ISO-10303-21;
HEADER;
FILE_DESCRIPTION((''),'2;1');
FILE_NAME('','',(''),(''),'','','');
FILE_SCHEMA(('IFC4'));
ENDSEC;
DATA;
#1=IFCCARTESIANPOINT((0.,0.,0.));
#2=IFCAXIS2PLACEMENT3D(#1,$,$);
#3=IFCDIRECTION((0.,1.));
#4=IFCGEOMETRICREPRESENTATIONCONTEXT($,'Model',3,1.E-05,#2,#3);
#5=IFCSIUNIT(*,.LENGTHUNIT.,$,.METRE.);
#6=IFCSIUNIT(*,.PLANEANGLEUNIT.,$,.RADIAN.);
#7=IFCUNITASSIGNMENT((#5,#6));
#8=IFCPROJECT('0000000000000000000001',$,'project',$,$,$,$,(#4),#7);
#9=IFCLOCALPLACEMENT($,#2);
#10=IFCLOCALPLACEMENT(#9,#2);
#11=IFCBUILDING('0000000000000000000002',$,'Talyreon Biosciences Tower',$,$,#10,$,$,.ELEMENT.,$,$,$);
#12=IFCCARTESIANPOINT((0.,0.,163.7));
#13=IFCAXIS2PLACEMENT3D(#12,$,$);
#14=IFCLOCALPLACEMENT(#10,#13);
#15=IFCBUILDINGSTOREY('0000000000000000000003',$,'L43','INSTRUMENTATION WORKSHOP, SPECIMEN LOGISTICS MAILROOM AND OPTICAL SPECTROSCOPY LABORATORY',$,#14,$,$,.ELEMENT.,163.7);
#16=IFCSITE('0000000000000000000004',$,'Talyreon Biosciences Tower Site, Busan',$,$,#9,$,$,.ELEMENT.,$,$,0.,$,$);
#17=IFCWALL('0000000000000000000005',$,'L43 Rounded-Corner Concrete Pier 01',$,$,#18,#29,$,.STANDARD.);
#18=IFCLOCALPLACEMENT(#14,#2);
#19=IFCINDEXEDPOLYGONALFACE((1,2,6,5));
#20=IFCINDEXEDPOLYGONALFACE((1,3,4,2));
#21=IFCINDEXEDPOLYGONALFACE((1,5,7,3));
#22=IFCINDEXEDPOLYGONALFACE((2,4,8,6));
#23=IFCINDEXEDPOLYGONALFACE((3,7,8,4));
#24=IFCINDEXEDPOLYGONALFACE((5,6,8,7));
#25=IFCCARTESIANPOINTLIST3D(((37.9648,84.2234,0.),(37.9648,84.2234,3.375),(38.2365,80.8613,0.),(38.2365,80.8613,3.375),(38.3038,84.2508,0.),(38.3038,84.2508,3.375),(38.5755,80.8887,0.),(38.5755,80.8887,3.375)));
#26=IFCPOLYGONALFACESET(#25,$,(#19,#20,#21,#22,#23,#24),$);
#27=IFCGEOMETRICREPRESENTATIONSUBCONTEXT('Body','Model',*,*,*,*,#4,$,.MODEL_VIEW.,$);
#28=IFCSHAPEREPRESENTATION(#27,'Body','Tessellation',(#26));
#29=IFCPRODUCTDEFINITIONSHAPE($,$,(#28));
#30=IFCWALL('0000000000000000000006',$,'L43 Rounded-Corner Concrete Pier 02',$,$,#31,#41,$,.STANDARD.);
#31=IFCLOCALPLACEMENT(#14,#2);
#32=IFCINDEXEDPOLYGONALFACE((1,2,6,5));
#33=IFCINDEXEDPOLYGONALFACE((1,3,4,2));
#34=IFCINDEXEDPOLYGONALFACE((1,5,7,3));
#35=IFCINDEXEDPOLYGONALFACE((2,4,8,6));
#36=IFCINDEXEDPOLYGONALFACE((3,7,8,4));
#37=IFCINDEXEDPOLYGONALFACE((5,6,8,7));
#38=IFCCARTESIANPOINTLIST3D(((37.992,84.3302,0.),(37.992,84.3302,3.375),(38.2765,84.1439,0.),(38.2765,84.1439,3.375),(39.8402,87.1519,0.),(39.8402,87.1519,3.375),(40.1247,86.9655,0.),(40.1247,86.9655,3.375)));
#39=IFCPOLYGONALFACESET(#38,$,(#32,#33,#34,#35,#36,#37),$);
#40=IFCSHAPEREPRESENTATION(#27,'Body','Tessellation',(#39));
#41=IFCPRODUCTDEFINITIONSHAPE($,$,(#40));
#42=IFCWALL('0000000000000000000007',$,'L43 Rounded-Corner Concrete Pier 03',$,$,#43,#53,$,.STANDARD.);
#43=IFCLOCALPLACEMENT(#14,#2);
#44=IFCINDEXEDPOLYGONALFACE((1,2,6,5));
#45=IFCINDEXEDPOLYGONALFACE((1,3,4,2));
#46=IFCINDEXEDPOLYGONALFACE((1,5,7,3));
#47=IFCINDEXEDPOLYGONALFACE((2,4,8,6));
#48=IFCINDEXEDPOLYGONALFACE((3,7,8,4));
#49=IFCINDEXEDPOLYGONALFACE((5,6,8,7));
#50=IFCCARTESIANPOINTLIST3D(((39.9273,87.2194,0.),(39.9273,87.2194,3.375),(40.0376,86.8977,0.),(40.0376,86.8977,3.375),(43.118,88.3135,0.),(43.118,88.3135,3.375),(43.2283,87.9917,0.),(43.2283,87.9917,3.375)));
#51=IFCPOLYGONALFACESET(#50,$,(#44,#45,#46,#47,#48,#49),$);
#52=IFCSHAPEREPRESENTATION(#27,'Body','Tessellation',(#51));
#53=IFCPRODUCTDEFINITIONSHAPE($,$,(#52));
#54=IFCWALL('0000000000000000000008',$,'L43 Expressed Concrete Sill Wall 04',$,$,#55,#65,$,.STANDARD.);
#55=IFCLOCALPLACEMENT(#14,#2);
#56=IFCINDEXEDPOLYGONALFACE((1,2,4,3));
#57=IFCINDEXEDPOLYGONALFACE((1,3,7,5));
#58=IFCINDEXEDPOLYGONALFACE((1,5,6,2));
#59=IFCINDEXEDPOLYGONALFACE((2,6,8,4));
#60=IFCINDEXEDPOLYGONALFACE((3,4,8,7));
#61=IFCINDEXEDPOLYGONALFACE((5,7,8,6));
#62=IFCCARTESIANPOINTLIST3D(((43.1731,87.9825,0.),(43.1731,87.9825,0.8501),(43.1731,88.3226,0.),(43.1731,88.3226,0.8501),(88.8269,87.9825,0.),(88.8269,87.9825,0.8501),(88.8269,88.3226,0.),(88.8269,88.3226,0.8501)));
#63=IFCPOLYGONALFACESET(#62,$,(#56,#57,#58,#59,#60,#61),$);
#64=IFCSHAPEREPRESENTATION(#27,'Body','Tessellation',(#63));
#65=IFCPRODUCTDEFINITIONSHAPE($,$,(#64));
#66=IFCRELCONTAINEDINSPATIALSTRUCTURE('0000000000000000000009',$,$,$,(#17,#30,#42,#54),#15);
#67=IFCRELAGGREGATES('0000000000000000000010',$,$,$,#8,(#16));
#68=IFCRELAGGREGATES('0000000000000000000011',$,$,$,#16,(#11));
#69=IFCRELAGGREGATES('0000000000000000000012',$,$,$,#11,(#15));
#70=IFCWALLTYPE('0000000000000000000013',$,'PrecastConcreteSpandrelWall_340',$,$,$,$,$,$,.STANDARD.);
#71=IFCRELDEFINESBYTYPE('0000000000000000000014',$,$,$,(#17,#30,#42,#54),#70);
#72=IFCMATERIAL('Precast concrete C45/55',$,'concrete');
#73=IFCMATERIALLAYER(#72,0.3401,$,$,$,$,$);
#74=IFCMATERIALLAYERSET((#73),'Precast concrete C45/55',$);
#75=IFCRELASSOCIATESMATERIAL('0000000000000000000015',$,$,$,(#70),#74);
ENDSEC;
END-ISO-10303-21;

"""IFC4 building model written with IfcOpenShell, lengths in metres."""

from ifc_helpers import new_model, si_unit, direction, frame, frame_2d, origin, place, context, subcontext, project, spatial, rectangle, extrude, material, layer, layer_set, type_object, element, save


model = new_model("IFC4")

# Units and contexts
model_context = context("Model", 3, precision=1e-05, world=origin(), true_north=direction((0.0, 1.0)))
body_context = subcontext(model_context, "Body", "Model", "MODEL_VIEW")
ifc_project = project(units=[si_unit("LENGTHUNIT", "METRE"), si_unit("PLANEANGLEUNIT", "RADIAN")], contexts=[model_context])

# Site, building, storey
site_placement = place(None, origin())
site = spatial("IfcSite", under=ifc_project, at=site_placement, Name="Talyreon Biosciences Tower Site, Busan", CompositionType="ELEMENT", RefElevation=0.0)
building_placement = place(site_placement, origin())
building = spatial("IfcBuilding", under=site, at=building_placement, Name="Talyreon Biosciences Tower", CompositionType="ELEMENT")
storey_placement = place(building_placement, frame((0.0, 0.0, 163.7)))
storey = spatial("IfcBuildingStorey", under=building, at=storey_placement, Name="L43", Description="INSTRUMENTATION WORKSHOP, SPECIMEN LOGISTICS MAILROOM AND OPTICAL SPECTROSCOPY LABORATORY", CompositionType="ELEMENT", Elevation=163.7)

# Shared definitions
ifc_material_1 = material(Name="Precast concrete C45/55", Category="concrete")

# Walls
ifc_layer_1 = layer(ifc_material_1, 0.3401)
ifc_layer_set_1 = layer_set([ifc_layer_1], Name="Precast concrete C45/55")
wall_type_1 = type_object("IfcWallType", Name="PrecastConcreteSpandrelWall_340", PredefinedType="STANDARD", material=ifc_layer_set_1)
for number, where, z_axis, x_axis, name in (
    (1, (38.406, 80.875, 0.0), (0.0, 0.0, 1.0), (-0.080559, 0.99675, 0.0), "L43 Rounded-Corner Concrete Pier 01"),
    (2, (38.1343, 84.2371, 0.0), (0.0, 0.0, 1.0), (0.547934, 0.836522, 0.0), "L43 Rounded-Corner Concrete Pier 02"),
    (3, (39.9824, 87.0586, 0.0), (0.0, 0.0, 1.0), (0.945942, 0.324337, 0.0), "L43 Rounded-Corner Concrete Pier 03"),
):
    element("IfcWall", number, at=place(storey_placement, frame(where, z_axis=z_axis, x_axis=x_axis)), inside=storey, type_object=wall_type_1, Name=name, PredefinedType="STANDARD", context=body_context, shape_type="SweptSolid", body=[
        extrude(rectangle(XDim=3.373, YDim=0.3401, at=frame_2d((1.6865, 0.0))), origin(), (0.0, 0.0, 1.0), 3.375),
    ])
wall_1_placement = place(storey_placement, frame((43.1731, 88.1526, 0.0), z_axis=(0.0, 0.0, 1.0), x_axis=(1.0, 0.0, 0.0)))
element("IfcWall", 4, at=wall_1_placement, inside=storey, type_object=wall_type_1, Name="L43 Expressed Concrete Sill Wall 04", PredefinedType="STANDARD", context=body_context, shape_type="SweptSolid", body=[
    extrude(rectangle(XDim=45.6538, YDim=0.3401, at=frame_2d((22.8269, 0.0))), origin(), (0.0, 0.0, 1.0), 0.8501),
])

save(model, "model.ifc")
